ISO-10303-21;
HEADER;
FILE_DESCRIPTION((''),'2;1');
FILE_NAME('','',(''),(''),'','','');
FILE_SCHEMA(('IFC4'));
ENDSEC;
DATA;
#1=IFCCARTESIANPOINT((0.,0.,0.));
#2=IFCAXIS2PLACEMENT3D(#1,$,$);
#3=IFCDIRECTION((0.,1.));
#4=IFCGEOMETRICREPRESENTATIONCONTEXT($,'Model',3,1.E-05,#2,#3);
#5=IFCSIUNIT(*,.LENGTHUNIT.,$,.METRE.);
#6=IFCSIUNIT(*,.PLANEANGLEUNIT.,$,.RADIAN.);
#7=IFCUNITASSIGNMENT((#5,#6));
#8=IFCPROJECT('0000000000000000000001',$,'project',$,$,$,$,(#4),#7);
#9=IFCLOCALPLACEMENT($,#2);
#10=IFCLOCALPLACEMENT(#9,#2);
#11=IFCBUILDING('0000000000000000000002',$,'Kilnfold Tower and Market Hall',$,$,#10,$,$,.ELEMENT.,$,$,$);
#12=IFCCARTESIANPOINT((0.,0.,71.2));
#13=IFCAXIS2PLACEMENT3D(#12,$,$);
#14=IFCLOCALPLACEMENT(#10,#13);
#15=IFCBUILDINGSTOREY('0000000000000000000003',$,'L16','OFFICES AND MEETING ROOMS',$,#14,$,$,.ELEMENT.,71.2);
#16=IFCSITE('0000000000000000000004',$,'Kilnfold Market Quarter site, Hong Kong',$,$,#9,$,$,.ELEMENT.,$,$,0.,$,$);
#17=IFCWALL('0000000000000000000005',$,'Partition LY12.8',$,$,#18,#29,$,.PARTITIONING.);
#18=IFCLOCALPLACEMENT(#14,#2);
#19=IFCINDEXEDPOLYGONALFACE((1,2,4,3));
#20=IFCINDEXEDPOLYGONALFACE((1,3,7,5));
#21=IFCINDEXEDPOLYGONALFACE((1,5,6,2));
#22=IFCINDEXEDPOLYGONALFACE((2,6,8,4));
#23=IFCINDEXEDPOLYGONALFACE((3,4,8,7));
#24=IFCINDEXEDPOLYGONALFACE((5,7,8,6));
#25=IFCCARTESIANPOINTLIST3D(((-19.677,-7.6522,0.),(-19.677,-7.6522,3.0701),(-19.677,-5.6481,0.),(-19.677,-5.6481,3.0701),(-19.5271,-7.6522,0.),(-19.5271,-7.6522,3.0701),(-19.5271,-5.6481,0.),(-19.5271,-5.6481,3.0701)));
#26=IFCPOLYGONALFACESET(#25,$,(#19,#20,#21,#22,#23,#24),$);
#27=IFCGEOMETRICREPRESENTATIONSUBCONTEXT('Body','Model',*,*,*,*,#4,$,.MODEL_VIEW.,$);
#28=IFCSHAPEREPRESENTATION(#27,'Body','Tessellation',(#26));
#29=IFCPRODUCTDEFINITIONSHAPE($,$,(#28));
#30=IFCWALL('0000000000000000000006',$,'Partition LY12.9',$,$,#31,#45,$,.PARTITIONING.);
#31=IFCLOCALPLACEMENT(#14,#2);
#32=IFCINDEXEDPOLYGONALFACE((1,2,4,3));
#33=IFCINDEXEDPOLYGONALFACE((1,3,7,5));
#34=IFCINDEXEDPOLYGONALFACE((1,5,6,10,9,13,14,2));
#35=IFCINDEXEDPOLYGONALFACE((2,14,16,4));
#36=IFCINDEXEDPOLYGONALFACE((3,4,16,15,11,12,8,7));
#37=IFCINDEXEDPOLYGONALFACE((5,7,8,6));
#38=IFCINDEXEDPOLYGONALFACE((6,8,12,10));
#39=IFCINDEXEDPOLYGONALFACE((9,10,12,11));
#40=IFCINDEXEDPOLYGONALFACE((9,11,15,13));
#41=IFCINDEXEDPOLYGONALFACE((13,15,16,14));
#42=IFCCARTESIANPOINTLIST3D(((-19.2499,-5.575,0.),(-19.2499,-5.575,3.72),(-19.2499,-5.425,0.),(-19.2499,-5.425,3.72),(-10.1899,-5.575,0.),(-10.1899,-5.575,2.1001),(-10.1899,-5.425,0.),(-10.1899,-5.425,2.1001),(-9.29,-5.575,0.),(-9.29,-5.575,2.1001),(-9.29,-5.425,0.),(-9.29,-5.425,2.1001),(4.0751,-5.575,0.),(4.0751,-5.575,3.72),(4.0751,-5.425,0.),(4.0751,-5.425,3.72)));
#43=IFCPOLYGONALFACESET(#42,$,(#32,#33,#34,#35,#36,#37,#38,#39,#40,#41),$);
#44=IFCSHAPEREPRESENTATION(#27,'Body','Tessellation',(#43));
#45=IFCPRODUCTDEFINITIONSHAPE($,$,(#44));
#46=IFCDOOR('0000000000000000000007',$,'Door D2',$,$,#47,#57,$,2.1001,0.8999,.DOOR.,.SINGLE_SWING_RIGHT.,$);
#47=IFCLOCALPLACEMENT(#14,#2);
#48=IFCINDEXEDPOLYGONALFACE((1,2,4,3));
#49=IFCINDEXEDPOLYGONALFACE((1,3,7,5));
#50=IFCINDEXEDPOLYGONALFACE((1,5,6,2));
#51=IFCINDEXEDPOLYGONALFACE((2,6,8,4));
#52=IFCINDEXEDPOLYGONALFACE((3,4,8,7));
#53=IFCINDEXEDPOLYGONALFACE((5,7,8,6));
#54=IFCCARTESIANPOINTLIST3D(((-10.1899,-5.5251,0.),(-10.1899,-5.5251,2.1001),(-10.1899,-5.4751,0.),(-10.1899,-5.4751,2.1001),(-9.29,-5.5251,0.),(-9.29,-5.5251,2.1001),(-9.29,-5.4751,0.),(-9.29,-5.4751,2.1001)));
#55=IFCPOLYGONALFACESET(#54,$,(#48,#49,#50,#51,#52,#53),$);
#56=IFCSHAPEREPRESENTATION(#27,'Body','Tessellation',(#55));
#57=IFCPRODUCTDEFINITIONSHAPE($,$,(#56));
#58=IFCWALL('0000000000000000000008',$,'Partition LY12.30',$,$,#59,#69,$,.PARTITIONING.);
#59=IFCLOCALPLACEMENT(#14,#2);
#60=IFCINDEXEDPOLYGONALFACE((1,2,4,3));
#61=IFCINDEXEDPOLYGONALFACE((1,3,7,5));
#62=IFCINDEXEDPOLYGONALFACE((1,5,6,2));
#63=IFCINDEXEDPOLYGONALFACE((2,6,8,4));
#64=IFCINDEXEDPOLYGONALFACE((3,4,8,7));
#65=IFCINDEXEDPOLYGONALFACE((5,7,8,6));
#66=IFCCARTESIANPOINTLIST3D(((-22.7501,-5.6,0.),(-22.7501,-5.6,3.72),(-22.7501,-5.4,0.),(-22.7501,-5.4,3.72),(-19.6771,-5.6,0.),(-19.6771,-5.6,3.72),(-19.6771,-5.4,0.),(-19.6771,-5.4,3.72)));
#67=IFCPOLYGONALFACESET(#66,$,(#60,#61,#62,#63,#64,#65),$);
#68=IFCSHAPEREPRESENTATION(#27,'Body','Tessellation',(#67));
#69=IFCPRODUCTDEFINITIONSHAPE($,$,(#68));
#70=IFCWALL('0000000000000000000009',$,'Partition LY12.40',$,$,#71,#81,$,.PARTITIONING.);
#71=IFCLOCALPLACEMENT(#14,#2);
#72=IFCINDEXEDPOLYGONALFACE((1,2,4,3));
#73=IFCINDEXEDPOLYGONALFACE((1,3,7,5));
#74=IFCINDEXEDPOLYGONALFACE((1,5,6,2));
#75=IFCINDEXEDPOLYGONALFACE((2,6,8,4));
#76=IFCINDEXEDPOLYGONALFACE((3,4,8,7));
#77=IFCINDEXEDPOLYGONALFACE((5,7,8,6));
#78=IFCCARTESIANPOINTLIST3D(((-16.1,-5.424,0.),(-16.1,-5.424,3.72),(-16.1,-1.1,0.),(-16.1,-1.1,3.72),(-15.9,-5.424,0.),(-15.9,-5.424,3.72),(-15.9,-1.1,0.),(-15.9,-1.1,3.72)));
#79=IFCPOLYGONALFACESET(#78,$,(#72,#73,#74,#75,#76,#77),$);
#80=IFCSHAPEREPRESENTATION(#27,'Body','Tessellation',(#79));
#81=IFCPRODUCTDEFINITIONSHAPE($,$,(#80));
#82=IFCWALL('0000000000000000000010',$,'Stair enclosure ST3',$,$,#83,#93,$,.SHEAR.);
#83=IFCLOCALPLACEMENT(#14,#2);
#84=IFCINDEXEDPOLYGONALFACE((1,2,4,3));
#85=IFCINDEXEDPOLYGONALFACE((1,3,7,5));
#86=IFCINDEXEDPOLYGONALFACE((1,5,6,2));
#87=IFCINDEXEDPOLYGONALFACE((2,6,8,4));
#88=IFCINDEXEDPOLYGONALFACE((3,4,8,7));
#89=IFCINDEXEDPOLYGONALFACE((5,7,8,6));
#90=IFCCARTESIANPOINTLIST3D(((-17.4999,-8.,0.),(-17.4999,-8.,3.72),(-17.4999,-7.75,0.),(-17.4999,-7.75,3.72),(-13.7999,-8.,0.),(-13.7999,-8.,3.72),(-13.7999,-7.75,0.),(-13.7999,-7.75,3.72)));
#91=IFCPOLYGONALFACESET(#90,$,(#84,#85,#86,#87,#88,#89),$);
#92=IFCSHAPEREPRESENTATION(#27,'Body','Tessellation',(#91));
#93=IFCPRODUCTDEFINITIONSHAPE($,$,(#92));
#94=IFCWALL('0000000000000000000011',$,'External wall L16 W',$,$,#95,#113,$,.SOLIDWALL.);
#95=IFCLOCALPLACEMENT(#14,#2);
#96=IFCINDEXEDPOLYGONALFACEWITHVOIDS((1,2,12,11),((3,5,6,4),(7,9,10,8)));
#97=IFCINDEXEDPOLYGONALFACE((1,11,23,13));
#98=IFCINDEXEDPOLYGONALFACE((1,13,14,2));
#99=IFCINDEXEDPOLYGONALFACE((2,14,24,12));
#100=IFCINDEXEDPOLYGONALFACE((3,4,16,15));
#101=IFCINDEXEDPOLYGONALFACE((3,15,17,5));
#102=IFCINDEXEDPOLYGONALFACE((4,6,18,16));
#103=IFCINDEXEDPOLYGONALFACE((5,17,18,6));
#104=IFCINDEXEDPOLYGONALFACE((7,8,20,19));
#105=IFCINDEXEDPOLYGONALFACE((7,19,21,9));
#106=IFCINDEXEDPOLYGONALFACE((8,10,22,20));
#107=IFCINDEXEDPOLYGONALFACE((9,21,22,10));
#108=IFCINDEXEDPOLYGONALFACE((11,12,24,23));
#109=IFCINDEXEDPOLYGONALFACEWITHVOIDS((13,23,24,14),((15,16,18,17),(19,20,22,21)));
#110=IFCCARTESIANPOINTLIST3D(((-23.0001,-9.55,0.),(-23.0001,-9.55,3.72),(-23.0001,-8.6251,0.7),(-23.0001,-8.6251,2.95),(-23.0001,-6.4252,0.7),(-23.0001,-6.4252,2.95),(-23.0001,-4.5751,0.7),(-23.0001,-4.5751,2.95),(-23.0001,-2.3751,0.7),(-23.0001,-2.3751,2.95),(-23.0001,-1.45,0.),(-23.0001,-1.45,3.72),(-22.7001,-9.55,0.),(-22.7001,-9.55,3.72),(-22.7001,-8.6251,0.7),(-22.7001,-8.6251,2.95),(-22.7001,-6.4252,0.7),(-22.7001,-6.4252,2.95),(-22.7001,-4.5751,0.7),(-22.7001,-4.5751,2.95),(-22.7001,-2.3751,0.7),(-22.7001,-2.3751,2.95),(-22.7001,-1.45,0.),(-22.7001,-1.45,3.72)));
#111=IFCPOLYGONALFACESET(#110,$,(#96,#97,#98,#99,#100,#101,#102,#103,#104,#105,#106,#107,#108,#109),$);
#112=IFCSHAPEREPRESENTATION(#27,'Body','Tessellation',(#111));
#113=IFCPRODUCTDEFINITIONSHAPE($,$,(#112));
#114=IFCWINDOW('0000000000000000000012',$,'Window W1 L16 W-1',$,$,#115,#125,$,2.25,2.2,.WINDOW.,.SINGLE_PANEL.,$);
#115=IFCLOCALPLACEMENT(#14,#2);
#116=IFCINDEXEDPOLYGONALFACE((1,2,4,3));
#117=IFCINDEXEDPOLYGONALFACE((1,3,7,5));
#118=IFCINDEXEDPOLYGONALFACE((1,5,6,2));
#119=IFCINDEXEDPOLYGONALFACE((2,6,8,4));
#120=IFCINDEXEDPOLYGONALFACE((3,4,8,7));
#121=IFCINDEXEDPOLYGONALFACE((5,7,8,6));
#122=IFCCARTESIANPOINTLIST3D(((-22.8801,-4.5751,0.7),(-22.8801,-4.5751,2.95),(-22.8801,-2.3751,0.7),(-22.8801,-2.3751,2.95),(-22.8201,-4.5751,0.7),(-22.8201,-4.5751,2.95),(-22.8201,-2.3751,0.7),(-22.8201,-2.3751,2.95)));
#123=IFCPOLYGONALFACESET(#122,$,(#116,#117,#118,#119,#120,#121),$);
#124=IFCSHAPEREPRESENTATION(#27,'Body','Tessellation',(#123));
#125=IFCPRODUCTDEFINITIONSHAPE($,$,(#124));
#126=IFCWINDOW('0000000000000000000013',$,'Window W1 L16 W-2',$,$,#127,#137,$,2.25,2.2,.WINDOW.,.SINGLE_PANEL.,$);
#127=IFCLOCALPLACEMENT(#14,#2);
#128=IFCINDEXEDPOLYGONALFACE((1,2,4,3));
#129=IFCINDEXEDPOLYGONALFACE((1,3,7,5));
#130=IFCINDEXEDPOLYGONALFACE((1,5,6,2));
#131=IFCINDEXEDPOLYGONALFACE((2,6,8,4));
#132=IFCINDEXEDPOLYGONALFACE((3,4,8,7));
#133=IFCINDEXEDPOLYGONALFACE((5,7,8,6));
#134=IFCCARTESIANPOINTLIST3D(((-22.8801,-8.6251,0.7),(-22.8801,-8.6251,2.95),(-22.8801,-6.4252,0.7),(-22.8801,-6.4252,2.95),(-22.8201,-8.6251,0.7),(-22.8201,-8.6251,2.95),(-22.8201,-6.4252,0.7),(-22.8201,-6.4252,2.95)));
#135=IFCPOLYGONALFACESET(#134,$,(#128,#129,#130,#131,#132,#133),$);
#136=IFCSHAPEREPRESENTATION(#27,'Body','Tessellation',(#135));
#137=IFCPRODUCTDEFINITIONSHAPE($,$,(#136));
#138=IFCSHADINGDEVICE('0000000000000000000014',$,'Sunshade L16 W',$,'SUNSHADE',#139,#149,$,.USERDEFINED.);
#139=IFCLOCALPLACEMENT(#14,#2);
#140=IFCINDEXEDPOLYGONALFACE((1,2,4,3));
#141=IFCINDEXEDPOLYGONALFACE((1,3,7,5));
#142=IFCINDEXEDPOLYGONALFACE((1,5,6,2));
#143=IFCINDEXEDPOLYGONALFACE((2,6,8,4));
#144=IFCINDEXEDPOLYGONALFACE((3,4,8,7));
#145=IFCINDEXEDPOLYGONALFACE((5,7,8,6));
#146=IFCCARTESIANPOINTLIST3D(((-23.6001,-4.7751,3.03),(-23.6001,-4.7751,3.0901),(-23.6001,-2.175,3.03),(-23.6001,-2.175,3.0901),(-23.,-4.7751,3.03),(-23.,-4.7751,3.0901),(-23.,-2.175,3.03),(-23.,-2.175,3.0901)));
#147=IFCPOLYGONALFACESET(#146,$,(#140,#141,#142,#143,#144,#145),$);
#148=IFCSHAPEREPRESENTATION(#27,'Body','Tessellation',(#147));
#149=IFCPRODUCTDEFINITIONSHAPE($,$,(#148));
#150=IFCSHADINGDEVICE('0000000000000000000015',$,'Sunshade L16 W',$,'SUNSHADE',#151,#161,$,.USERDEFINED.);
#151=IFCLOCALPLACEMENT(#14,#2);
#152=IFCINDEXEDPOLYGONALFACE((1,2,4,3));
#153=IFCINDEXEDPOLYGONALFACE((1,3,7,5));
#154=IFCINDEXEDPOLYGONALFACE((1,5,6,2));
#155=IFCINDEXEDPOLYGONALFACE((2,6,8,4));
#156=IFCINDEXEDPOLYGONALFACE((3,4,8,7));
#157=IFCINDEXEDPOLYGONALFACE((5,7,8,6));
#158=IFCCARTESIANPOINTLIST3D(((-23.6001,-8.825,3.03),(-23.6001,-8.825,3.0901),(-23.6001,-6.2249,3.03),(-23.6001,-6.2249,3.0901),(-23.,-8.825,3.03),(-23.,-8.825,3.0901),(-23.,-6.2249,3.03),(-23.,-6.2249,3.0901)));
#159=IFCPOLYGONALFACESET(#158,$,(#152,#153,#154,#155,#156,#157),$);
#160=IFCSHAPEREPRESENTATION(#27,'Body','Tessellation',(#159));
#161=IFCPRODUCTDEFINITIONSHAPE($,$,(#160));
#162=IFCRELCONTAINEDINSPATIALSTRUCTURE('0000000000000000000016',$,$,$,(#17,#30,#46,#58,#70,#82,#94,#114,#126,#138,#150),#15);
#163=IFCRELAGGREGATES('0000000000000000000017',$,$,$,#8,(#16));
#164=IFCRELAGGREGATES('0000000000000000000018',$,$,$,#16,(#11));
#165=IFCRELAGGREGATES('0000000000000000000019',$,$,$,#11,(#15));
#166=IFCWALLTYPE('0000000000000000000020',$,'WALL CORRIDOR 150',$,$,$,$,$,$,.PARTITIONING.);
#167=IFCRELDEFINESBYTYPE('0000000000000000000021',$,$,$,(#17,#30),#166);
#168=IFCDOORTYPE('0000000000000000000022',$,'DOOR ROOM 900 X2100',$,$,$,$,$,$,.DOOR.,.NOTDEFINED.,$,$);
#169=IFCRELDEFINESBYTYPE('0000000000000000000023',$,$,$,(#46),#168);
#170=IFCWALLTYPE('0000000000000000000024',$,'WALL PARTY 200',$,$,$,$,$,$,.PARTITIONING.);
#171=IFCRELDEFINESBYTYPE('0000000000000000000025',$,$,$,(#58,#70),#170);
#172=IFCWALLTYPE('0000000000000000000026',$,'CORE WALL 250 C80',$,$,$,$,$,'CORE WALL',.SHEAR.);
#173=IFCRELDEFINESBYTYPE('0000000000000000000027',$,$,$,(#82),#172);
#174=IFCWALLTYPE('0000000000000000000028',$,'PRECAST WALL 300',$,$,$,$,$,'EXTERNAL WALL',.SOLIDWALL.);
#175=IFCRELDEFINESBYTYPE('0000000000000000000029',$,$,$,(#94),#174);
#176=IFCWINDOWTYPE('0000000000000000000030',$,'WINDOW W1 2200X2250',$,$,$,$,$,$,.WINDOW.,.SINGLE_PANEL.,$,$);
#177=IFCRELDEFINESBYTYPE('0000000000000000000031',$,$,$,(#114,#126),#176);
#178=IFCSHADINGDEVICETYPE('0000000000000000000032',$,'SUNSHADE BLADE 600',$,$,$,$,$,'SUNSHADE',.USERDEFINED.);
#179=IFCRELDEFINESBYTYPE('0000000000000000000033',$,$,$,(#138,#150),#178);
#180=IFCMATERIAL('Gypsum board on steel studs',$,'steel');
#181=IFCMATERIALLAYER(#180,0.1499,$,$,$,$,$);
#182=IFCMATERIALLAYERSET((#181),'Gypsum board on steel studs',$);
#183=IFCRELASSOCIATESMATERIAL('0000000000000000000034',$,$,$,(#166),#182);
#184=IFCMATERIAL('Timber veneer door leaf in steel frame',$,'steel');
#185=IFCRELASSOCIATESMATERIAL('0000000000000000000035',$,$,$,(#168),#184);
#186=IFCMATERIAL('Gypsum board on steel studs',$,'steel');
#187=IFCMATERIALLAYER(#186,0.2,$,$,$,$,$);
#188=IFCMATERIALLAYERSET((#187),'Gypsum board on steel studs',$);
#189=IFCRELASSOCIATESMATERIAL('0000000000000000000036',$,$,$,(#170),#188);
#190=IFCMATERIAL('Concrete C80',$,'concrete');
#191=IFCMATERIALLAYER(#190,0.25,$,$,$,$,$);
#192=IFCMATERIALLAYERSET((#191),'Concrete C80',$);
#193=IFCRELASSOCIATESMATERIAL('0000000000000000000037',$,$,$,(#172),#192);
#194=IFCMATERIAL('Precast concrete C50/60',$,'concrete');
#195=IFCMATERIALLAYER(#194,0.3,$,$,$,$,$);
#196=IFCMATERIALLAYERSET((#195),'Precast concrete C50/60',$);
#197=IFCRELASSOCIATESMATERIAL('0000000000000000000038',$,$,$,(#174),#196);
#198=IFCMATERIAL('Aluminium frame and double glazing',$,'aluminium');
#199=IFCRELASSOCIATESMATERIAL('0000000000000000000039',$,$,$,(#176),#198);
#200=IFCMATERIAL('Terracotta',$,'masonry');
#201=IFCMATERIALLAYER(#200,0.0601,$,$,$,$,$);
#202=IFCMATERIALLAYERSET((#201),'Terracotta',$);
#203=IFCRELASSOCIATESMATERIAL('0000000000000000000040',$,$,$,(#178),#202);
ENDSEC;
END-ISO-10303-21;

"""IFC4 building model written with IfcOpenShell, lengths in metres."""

from ifc_helpers import new_model, si_unit, direction, frame, frame_2d, origin, origin_2d, place, context, subcontext, project, spatial, rectangle, extrude, source, transform, mapped, material, layer, layer_set, type_object, element, fill, save


model = new_model("IFC4")

# Units and contexts
model_context = context("Model", 3, precision=1e-05, world=origin(), true_north=direction((0.0, 1.0)))
body_context = subcontext(model_context, "Body", "Model", "MODEL_VIEW")
ifc_project = project(units=[si_unit("LENGTHUNIT", "METRE"), si_unit("PLANEANGLEUNIT", "RADIAN")], contexts=[model_context])

# Site, building, storey
site_placement = place(None, origin())
site = spatial("IfcSite", under=ifc_project, at=site_placement, Name="Kilnfold Market Quarter site, Hong Kong", CompositionType="ELEMENT", RefElevation=0.0)
building_placement = place(site_placement, origin())
building = spatial("IfcBuilding", under=site, at=building_placement, Name="Kilnfold Tower and Market Hall", CompositionType="ELEMENT")
storey_placement = place(building_placement, frame((0.0, 0.0, 71.2)))
storey = spatial("IfcBuildingStorey", under=building, at=storey_placement, Name="L16", Description="OFFICES AND MEETING ROOMS", CompositionType="ELEMENT", Elevation=71.2)

# Shared definitions
ifc_material_1 = material(Name="Gypsum board on steel studs", Category="steel")
ifc_layer_1 = layer(ifc_material_1, 0.1499)
ifc_layer_set_1 = layer_set([ifc_layer_1], Name="Gypsum board on steel studs")
wall_type_1 = type_object("IfcWallType", Name="WALL CORRIDOR 150", PredefinedType="PARTITIONING", material=ifc_layer_set_1)

# Shared definitions
ifc_material_2 = material(Name="Timber veneer door leaf in steel frame", Category="steel")
door_type_1 = type_object("IfcDoorType", Name="DOOR ROOM 900 X2100", OperationType="NOTDEFINED", PredefinedType="DOOR", material=ifc_material_2)

# Wall
wall_1_placement = place(storey_placement, frame((-19.6021, -7.6521, 0.0), z_axis=(0.0, 0.0, 1.0), x_axis=(0.0, 1.0, 0.0)))
element("IfcWall", 1, at=wall_1_placement, inside=storey, type_object=wall_type_1, Name="Partition LY12.8", PredefinedType="PARTITIONING", context=body_context, shape_type="SweptSolid", body=[
    extrude(rectangle(XDim=2.0042, YDim=0.1499, at=frame_2d((1.002, 0.0))), origin(), (0.0, 0.0, 1.0), 3.0701),
])

# Wall, opening, door
wall_2_placement = place(storey_placement, frame((-19.25, -5.5, 0.0), z_axis=(0.0, 0.0, 1.0), x_axis=(1.0, 0.0, 0.0)))
wall_2 = element("IfcWall", 2, at=wall_2_placement, inside=storey, type_object=wall_type_1, Name="Partition LY12.9", PredefinedType="PARTITIONING", context=body_context, shape_type="SweptSolid", body=[
    extrude(rectangle(XDim=23.325, YDim=0.1499, at=frame_2d((11.6626, 0.0))), origin(), (0.0, 0.0, 1.0), 3.72),
])
opening_1_placement = place(wall_2_placement, frame((9.0601, 0.0, 0.0)))
opening_1 = element("IfcOpeningElement", 3, at=opening_1_placement, cuts=wall_2, PredefinedType="OPENING", context=body_context, shape_type="SweptSolid", body=[
    extrude(rectangle(XDim=0.8999, YDim=2.1001, at=frame_2d((0.45, 1.05))), frame((0.0, 0.085, 0.0), z_axis=(0.0, -1.0, 0.0), x_axis=(1.0, 0.0, 0.0)), (0.0, 0.0, 1.0), 0.1699),
])
door_1_placement = place(opening_1_placement, origin())
door_1 = element("IfcDoor", 4, at=door_1_placement, inside=storey, type_object=door_type_1, Name="Door D2", OperationType="SINGLE_SWING_RIGHT", OverallHeight=2.1001, OverallWidth=0.8999, PredefinedType="DOOR", context=body_context, shape_type="SweptSolid", body=[
    extrude(rectangle(XDim=0.8999, YDim=2.1001, at=frame_2d((0.45, 1.05))), frame((0.0, 0.0249, 0.0), z_axis=(0.0, -1.0, 0.0), x_axis=(1.0, 0.0, 0.0)), (0.0, 0.0, 1.0), 0.05),
])
fill(opening_1, door_1)

# Walls
ifc_material_3 = material(Name="Gypsum board on steel studs", Category="steel")
ifc_layer_2 = layer(ifc_material_3, 0.2)
ifc_layer_set_2 = layer_set([ifc_layer_2], Name="Gypsum board on steel studs")
wall_type_2 = type_object("IfcWallType", Name="WALL PARTY 200", PredefinedType="PARTITIONING", material=ifc_layer_set_2)
wall_3_placement = place(storey_placement, frame((-19.677, -5.5, 0.0), z_axis=(0.0, 0.0, 1.0), x_axis=(-1.0, 0.0, 0.0)))
element("IfcWall", 5, at=wall_3_placement, inside=storey, type_object=wall_type_2, Name="Partition LY12.30", PredefinedType="PARTITIONING", context=body_context, shape_type="SweptSolid", body=[
    extrude(rectangle(XDim=3.073, YDim=0.2, at=frame_2d((1.5366, 0.0))), origin(), (0.0, 0.0, 1.0), 3.72),
])
wall_4_placement = place(storey_placement, frame((-16.0, -5.4241, 0.0), z_axis=(0.0, 0.0, 1.0), x_axis=(0.0, 1.0, 0.0)))
element("IfcWall", 6, at=wall_4_placement, inside=storey, type_object=wall_type_2, Name="Partition LY12.40", PredefinedType="PARTITIONING", context=body_context, shape_type="SweptSolid", body=[
    extrude(rectangle(XDim=4.324, YDim=0.2, at=frame_2d((2.1621, 0.0))), origin(), (0.0, 0.0, 1.0), 3.72),
])
ifc_material_4 = material(Name="Concrete C80", Category="concrete")
ifc_layer_3 = layer(ifc_material_4, 0.25)
ifc_layer_set_3 = layer_set([ifc_layer_3], Name="Concrete C80")
wall_type_3 = type_object("IfcWallType", Name="CORE WALL 250 C80", ElementType="CORE WALL", PredefinedType="SHEAR", material=ifc_layer_set_3)
shared_shape_1 = source(origin(), body_context, "Body", "SweptSolid", [
    extrude(rectangle(XDim=3.7, YDim=0.25, at=frame_2d((1.8501, 0.0))), origin(), (0.0, 0.0, 1.0), 3.72),
])
wall_5_placement = place(storey_placement, frame((-17.5, -7.875, 0.0), z_axis=(0.0, 0.0, 1.0), x_axis=(1.0, 0.0, 0.0)))
element("IfcWall", 7, at=wall_5_placement, inside=storey, type_object=wall_type_3, Name="Stair enclosure ST3", PredefinedType="SHEAR", context=body_context, shape_type="MappedRepresentation", body=[
    mapped(shared_shape_1, transform((0.0, 0.0, 0.0))),
])

# Wall, openings, windows
ifc_material_5 = material(Name="Precast concrete C50/60", Category="concrete")
ifc_layer_4 = layer(ifc_material_5, 0.3)
ifc_layer_set_4 = layer_set([ifc_layer_4], Name="Precast concrete C50/60")
wall_type_4 = type_object("IfcWallType", Name="PRECAST WALL 300", ElementType="EXTERNAL WALL", PredefinedType="SOLIDWALL", material=ifc_layer_set_4)
shared_shape_2 = source(origin(), body_context, "Body", "SweptSolid", [
    extrude(rectangle(XDim=8.1001, YDim=0.3, at=frame_2d((4.05, 0.0))), origin(), (0.0, 0.0, 1.0), 3.72),
])
wall_6_placement = place(storey_placement, frame((-22.8501, -1.45, 0.0), z_axis=(0.0, 0.0, 1.0), x_axis=(0.0, -1.0, 0.0)))
wall_6 = element("IfcWall", 8, at=wall_6_placement, inside=storey, type_object=wall_type_4, Name="External wall L16 W", PredefinedType="SOLIDWALL", context=body_context, shape_type="MappedRepresentation", body=[
    mapped(shared_shape_2, transform((0.0, 0.0, 0.0))),
])
opening_2_placement = place(wall_6_placement, frame((0.925, 0.0, 0.7)))
opening_2 = element("IfcOpeningElement", 9, at=opening_2_placement, cuts=wall_6, PredefinedType="OPENING", context=body_context, shape_type="SweptSolid", body=[
    extrude(rectangle(XDim=2.2, YDim=2.25, at=frame_2d((1.1001, 1.125))), frame((0.0, 0.1602, 0.0), z_axis=(0.0, -1.0, 0.0), x_axis=(1.0, 0.0, 0.0)), (0.0, 0.0, 1.0), 0.3201),
])
opening_3_placement = place(wall_6_placement, frame((4.9751, 0.0, 0.7)))
opening_3 = element("IfcOpeningElement", 10, at=opening_3_placement, cuts=wall_6, PredefinedType="OPENING", context=body_context, shape_type="SweptSolid", body=[
    extrude(rectangle(XDim=2.2, YDim=2.25, at=frame_2d((1.1001, 1.125))), frame((0.0, 0.1602, 0.0), z_axis=(0.0, -1.0, 0.0), x_axis=(1.0, 0.0, 0.0)), (0.0, 0.0, 1.0), 0.3201),
])
ifc_material_6 = material(Name="Aluminium frame and double glazing", Category="aluminium")
window_type = type_object("IfcWindowType", Name="WINDOW W1 2200X2250", PartitioningType="SINGLE_PANEL", PredefinedType="WINDOW", material=ifc_material_6)
window_1_placement = place(opening_2_placement, origin())
window_1 = element("IfcWindow", 11, at=window_1_placement, inside=storey, type_object=window_type, Name="Window W1 L16 W-1", OverallHeight=2.25, OverallWidth=2.2, PartitioningType="SINGLE_PANEL", PredefinedType="WINDOW", context=body_context, shape_type="SweptSolid", body=[
    extrude(rectangle(XDim=2.2, YDim=2.25, at=frame_2d((1.1001, 1.125))), frame((0.0, 0.03, 0.0), z_axis=(0.0, -1.0, 0.0), x_axis=(1.0, 0.0, 0.0)), (0.0, 0.0, 1.0), 0.0601),
])
fill(opening_2, window_1)
window_2_placement = place(opening_3_placement, origin())
window_2 = element("IfcWindow", 12, at=window_2_placement, inside=storey, type_object=window_type, Name="Window W1 L16 W-2", OverallHeight=2.25, OverallWidth=2.2, PartitioningType="SINGLE_PANEL", PredefinedType="WINDOW", context=body_context, shape_type="SweptSolid", body=[
    extrude(rectangle(XDim=2.2, YDim=2.25, at=frame_2d((1.1001, 1.125))), frame((0.0, 0.03, 0.0), z_axis=(0.0, -1.0, 0.0), x_axis=(1.0, 0.0, 0.0)), (0.0, 0.0, 1.0), 0.0601),
])
fill(opening_3, window_2)

# Shading devices
ifc_material_7 = material(Name="Terracotta", Category="masonry")
ifc_layer_5 = layer(ifc_material_7, 0.0601)
ifc_layer_set_5 = layer_set([ifc_layer_5], Name="Terracotta")
shading_device_type = type_object("IfcShadingDeviceType", Name="SUNSHADE BLADE 600", ElementType="SUNSHADE", PredefinedType="USERDEFINED", material=ifc_layer_set_5)
shared_shape_3 = source(origin(), body_context, "Body", "SweptSolid", [
    extrude(rectangle(XDim=2.6001, YDim=0.6001, at=origin_2d()), origin(), (0.0, 0.0, 1.0), 0.0601),
])
for number, where, z_axis, x_axis, name in (
    (13, (-23.3, -3.4751, 3.03), (0.0, 0.0, 1.0), (0.0, -1.0, 0.0), "Sunshade L16 W"),
    (14, (-23.3, -7.5249, 3.03), (0.0, 0.0, 1.0), (0.0, -1.0, 0.0), "Sunshade L16 W"),
):
    element("IfcShadingDevice", number, at=place(storey_placement, frame(where, z_axis=z_axis, x_axis=x_axis)), inside=storey, type_object=shading_device_type, Name=name, ObjectType="SUNSHADE", PredefinedType="USERDEFINED", context=body_context, shape_type="MappedRepresentation", body=[
        mapped(shared_shape_3, transform((0.0, 0.0, 0.0))),
    ])

save(model, "model.ifc")
